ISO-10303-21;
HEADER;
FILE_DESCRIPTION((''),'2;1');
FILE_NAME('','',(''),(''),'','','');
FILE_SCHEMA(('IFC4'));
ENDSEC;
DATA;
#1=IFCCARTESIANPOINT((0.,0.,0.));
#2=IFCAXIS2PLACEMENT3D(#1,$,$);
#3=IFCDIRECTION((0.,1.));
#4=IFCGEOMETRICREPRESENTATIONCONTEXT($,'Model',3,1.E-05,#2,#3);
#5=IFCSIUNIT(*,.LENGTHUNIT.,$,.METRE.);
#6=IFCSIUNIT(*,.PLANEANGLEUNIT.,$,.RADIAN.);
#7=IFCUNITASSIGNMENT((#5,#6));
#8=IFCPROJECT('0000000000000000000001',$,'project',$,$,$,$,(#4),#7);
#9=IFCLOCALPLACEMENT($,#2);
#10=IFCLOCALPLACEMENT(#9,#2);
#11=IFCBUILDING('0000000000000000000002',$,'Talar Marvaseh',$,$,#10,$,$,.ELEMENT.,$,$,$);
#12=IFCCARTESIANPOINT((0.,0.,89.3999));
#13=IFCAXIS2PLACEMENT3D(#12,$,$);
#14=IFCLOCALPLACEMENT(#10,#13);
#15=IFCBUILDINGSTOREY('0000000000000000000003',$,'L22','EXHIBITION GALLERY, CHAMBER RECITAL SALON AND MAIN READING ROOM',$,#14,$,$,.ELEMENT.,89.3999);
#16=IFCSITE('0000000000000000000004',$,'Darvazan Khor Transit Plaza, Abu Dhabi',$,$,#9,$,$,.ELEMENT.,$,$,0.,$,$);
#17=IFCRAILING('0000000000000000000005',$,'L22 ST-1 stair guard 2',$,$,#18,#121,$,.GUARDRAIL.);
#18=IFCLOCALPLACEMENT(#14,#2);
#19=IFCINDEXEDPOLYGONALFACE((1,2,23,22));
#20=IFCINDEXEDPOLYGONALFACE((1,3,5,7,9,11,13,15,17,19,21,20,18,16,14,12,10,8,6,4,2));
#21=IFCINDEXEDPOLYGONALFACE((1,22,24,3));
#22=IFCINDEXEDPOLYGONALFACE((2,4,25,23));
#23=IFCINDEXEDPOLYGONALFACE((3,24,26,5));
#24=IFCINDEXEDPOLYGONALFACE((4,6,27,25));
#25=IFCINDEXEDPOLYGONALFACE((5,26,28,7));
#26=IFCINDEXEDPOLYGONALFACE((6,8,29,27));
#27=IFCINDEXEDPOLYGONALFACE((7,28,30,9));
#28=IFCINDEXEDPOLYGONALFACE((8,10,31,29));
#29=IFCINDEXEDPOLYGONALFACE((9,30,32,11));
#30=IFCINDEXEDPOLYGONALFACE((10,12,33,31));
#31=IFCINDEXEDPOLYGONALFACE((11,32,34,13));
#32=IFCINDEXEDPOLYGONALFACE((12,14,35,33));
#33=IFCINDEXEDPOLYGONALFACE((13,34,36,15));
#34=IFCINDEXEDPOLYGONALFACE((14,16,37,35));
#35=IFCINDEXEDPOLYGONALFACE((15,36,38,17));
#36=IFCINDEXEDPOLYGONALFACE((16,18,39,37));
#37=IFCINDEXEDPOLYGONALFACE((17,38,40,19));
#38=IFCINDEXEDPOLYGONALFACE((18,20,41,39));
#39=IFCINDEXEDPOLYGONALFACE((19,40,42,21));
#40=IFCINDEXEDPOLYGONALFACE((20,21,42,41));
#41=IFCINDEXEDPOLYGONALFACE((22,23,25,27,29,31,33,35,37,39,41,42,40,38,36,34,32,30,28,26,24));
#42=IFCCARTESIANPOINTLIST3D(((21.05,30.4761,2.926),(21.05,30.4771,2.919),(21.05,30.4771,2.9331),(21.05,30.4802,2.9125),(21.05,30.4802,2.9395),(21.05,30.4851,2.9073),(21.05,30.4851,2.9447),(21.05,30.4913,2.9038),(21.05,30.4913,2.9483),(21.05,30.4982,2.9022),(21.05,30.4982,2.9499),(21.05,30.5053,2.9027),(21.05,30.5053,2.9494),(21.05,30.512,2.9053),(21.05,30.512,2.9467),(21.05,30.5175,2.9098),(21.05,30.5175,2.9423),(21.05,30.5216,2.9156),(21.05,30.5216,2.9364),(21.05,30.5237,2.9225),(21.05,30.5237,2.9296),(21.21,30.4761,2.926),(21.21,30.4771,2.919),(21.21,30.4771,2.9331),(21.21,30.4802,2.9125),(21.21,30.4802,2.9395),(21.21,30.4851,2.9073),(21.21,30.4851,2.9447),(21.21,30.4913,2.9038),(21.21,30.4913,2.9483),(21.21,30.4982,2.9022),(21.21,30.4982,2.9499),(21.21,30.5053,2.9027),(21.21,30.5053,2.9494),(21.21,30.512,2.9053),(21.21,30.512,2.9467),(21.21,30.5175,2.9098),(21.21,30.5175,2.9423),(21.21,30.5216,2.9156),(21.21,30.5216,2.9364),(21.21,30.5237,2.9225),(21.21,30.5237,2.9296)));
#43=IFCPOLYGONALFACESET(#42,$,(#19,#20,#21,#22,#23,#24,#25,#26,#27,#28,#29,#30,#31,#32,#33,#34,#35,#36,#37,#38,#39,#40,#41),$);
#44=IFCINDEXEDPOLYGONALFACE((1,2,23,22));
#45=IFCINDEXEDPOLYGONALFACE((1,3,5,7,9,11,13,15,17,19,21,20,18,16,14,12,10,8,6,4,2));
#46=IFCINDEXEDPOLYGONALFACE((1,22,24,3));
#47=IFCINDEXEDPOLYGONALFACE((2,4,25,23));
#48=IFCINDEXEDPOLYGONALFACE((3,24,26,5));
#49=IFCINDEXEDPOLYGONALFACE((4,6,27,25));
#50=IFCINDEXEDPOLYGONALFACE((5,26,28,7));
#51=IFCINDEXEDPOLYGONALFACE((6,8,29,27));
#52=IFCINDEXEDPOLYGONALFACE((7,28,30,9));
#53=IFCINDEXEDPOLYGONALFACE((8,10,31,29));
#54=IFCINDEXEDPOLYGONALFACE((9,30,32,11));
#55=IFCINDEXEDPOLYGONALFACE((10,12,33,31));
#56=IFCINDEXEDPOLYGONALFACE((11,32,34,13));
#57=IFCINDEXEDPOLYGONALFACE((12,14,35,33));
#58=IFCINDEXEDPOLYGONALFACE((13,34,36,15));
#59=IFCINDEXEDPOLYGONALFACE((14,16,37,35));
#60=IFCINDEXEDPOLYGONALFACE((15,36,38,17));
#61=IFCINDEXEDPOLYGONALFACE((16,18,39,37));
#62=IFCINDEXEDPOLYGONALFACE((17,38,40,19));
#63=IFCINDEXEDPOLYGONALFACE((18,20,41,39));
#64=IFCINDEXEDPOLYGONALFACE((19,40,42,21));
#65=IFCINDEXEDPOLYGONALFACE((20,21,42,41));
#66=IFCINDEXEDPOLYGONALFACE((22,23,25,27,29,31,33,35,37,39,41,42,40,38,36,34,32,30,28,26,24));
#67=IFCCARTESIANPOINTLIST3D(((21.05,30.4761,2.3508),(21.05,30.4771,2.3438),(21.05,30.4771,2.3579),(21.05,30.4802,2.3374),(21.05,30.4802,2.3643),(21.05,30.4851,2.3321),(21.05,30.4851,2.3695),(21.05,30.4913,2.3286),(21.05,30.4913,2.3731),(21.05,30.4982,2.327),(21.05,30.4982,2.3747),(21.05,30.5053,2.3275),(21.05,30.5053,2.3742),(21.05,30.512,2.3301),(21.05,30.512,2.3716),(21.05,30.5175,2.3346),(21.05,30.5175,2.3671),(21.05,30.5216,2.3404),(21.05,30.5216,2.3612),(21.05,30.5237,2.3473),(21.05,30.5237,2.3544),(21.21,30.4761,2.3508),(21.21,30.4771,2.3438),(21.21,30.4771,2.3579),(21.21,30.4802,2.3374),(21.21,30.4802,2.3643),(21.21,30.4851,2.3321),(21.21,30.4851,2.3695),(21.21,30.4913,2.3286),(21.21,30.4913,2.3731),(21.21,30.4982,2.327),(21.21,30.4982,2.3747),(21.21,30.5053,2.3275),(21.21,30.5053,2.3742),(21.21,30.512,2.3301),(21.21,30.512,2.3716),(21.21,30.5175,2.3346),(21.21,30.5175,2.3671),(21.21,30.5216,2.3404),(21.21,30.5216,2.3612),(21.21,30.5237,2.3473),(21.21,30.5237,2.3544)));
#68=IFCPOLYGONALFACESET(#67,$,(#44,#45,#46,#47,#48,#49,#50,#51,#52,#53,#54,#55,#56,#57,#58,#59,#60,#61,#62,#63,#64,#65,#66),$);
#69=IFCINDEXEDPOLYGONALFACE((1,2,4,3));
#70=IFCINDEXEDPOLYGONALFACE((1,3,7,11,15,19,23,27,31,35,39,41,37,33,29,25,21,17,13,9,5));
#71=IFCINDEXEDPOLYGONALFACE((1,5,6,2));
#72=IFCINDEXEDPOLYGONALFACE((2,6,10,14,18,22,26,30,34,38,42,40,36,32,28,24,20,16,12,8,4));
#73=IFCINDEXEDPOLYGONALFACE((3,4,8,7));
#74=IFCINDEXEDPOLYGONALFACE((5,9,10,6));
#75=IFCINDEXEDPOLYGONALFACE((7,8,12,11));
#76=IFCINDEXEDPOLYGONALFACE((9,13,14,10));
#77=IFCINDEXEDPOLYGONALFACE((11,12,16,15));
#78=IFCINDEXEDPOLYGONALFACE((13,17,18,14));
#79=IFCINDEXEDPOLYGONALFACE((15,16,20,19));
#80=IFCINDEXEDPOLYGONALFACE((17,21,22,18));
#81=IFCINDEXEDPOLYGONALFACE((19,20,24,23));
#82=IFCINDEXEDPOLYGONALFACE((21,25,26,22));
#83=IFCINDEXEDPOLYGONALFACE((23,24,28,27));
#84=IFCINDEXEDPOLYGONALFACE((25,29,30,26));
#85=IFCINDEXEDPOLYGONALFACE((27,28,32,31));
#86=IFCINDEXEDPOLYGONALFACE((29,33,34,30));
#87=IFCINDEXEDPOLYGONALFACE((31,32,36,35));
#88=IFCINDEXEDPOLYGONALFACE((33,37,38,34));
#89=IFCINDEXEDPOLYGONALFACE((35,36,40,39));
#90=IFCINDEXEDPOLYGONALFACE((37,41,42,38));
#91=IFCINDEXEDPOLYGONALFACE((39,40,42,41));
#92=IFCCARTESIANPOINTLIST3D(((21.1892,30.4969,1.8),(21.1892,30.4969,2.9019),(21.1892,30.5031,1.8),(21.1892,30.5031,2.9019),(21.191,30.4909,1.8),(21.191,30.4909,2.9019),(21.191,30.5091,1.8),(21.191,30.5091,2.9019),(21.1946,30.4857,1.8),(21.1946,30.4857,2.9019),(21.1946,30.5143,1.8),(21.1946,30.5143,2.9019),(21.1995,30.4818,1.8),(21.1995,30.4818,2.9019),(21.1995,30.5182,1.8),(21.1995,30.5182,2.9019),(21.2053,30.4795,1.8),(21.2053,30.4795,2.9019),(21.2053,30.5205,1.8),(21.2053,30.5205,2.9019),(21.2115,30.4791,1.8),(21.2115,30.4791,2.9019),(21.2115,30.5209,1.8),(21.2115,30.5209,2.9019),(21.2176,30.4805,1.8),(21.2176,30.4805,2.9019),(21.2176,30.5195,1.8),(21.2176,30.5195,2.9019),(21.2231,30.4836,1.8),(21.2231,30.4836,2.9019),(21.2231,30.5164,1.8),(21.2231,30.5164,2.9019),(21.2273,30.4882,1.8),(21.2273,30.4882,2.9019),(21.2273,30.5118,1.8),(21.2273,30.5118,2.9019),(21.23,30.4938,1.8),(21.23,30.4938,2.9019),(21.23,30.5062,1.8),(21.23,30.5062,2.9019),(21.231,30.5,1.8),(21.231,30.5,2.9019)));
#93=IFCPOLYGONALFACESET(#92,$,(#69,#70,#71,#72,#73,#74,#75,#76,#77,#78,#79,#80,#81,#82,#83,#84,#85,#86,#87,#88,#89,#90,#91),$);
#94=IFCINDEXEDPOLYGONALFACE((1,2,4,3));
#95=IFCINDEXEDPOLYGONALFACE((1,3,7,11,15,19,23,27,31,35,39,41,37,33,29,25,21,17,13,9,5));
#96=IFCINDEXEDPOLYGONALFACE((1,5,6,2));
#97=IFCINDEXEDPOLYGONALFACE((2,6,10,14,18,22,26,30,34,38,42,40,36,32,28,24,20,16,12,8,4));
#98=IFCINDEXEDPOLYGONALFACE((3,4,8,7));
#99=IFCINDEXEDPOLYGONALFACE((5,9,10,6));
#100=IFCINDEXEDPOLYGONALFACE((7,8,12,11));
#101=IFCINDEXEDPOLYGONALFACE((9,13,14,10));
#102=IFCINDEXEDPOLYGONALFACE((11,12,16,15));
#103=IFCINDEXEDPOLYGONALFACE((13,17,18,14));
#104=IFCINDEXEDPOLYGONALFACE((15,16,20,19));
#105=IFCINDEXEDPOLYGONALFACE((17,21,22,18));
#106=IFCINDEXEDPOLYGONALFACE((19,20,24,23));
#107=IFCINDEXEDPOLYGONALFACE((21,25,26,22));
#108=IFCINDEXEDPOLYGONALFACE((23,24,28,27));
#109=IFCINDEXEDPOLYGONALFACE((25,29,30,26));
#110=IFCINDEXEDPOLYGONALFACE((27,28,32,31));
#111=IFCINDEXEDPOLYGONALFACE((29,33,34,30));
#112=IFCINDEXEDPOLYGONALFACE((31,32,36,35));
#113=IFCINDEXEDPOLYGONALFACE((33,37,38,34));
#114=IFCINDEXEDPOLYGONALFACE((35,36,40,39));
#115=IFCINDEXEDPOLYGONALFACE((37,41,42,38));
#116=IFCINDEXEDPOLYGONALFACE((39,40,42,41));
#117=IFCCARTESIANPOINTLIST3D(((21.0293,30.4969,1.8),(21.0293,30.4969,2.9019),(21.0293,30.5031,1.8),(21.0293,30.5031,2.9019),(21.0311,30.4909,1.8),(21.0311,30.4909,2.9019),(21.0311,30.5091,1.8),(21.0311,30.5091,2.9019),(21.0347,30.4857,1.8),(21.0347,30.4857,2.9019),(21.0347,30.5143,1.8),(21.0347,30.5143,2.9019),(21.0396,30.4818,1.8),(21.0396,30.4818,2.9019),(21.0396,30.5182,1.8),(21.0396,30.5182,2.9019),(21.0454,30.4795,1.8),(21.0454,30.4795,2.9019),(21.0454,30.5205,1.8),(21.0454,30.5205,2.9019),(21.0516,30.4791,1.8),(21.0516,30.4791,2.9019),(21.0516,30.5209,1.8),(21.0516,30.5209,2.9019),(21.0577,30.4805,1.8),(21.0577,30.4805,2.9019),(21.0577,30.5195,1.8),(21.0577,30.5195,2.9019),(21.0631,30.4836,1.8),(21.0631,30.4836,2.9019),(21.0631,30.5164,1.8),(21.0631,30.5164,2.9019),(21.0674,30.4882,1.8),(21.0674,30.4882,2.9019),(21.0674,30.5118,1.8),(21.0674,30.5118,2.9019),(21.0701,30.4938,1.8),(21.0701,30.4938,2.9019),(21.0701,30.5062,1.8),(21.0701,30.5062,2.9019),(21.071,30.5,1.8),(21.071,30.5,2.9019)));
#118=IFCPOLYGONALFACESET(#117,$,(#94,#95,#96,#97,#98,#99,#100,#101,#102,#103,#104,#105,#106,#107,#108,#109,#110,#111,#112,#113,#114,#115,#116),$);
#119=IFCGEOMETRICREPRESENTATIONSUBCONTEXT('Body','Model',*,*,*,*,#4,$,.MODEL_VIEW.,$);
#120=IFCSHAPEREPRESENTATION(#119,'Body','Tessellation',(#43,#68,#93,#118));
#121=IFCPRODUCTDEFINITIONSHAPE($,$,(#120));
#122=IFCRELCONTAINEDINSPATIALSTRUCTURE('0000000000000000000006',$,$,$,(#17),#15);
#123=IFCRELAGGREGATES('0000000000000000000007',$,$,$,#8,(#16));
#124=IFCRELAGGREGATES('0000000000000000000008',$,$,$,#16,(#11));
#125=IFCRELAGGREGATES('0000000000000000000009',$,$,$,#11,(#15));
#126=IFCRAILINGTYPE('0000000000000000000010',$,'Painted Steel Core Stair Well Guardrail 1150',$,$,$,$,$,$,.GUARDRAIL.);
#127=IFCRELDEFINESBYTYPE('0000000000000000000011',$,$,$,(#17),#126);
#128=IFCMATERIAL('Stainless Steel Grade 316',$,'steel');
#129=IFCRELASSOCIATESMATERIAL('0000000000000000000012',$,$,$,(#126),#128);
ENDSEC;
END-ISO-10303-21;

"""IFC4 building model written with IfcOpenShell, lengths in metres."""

from ifc_helpers import new_model, si_unit, direction, frame, origin, origin_2d, place, context, subcontext, project, spatial, circle, extrude, material, type_object, element, save


model = new_model("IFC4")

# Units and contexts
model_context = context("Model", 3, precision=1e-05, world=origin(), true_north=direction((0.0, 1.0)))
body_context = subcontext(model_context, "Body", "Model", "MODEL_VIEW")
ifc_project = project(units=[si_unit("LENGTHUNIT", "METRE"), si_unit("PLANEANGLEUNIT", "RADIAN")], contexts=[model_context])

# Site, building, storey
site_placement = place(None, origin())
site = spatial("IfcSite", under=ifc_project, at=site_placement, Name="Darvazan Khor Transit Plaza, Abu Dhabi", CompositionType="ELEMENT", RefElevation=0.0)
building_placement = place(site_placement, origin())
building = spatial("IfcBuilding", under=site, at=building_placement, Name="Talar Marvaseh", CompositionType="ELEMENT")
storey_placement = place(building_placement, frame((0.0, 0.0, 89.3999)))
storey = spatial("IfcBuildingStorey", under=building, at=storey_placement, Name="L22", Description="EXHIBITION GALLERY, CHAMBER RECITAL SALON AND MAIN READING ROOM", CompositionType="ELEMENT", Elevation=89.3999)

# Railing
ifc_material_1 = material(Name="Stainless Steel Grade 316", Category="steel")
railing_type_1 = type_object("IfcRailingType", Name="Painted Steel Core Stair Well Guardrail 1150", PredefinedType="GUARDRAIL", material=ifc_material_1)
railing_1_placement = place(storey_placement, frame((21.21, 30.5, 1.8)))
element("IfcRailing", 1, at=railing_1_placement, inside=storey, type_object=railing_type_1, Name="L22 ST-1 stair guard 2", PredefinedType="GUARDRAIL", context=body_context, shape_type="SweptSolid", body=[
    extrude(circle(Radius=0.0239, at=origin_2d()), frame((0.0, 0.0, 1.126), z_axis=(-1.0, 0.0, 0.0), x_axis=(0.0, -1.0, 0.0)), (0.0, 0.0, 1.0), 0.1599),
    extrude(circle(Radius=0.0239, at=origin_2d()), frame((0.0, 0.0, 0.5508), z_axis=(-1.0, 0.0, 0.0), x_axis=(0.0, -1.0, 0.0)), (0.0, 0.0, 1.0), 0.1599),
    extrude(circle(Radius=0.021, at=origin_2d()), origin(), (0.0, 0.0, 1.0), 1.1018),
    extrude(circle(Radius=0.021, at=origin_2d()), frame((-0.1599, 0.0, 0.0)), (0.0, 0.0, 1.0), 1.1018),
])

save(model, "model.ifc")
